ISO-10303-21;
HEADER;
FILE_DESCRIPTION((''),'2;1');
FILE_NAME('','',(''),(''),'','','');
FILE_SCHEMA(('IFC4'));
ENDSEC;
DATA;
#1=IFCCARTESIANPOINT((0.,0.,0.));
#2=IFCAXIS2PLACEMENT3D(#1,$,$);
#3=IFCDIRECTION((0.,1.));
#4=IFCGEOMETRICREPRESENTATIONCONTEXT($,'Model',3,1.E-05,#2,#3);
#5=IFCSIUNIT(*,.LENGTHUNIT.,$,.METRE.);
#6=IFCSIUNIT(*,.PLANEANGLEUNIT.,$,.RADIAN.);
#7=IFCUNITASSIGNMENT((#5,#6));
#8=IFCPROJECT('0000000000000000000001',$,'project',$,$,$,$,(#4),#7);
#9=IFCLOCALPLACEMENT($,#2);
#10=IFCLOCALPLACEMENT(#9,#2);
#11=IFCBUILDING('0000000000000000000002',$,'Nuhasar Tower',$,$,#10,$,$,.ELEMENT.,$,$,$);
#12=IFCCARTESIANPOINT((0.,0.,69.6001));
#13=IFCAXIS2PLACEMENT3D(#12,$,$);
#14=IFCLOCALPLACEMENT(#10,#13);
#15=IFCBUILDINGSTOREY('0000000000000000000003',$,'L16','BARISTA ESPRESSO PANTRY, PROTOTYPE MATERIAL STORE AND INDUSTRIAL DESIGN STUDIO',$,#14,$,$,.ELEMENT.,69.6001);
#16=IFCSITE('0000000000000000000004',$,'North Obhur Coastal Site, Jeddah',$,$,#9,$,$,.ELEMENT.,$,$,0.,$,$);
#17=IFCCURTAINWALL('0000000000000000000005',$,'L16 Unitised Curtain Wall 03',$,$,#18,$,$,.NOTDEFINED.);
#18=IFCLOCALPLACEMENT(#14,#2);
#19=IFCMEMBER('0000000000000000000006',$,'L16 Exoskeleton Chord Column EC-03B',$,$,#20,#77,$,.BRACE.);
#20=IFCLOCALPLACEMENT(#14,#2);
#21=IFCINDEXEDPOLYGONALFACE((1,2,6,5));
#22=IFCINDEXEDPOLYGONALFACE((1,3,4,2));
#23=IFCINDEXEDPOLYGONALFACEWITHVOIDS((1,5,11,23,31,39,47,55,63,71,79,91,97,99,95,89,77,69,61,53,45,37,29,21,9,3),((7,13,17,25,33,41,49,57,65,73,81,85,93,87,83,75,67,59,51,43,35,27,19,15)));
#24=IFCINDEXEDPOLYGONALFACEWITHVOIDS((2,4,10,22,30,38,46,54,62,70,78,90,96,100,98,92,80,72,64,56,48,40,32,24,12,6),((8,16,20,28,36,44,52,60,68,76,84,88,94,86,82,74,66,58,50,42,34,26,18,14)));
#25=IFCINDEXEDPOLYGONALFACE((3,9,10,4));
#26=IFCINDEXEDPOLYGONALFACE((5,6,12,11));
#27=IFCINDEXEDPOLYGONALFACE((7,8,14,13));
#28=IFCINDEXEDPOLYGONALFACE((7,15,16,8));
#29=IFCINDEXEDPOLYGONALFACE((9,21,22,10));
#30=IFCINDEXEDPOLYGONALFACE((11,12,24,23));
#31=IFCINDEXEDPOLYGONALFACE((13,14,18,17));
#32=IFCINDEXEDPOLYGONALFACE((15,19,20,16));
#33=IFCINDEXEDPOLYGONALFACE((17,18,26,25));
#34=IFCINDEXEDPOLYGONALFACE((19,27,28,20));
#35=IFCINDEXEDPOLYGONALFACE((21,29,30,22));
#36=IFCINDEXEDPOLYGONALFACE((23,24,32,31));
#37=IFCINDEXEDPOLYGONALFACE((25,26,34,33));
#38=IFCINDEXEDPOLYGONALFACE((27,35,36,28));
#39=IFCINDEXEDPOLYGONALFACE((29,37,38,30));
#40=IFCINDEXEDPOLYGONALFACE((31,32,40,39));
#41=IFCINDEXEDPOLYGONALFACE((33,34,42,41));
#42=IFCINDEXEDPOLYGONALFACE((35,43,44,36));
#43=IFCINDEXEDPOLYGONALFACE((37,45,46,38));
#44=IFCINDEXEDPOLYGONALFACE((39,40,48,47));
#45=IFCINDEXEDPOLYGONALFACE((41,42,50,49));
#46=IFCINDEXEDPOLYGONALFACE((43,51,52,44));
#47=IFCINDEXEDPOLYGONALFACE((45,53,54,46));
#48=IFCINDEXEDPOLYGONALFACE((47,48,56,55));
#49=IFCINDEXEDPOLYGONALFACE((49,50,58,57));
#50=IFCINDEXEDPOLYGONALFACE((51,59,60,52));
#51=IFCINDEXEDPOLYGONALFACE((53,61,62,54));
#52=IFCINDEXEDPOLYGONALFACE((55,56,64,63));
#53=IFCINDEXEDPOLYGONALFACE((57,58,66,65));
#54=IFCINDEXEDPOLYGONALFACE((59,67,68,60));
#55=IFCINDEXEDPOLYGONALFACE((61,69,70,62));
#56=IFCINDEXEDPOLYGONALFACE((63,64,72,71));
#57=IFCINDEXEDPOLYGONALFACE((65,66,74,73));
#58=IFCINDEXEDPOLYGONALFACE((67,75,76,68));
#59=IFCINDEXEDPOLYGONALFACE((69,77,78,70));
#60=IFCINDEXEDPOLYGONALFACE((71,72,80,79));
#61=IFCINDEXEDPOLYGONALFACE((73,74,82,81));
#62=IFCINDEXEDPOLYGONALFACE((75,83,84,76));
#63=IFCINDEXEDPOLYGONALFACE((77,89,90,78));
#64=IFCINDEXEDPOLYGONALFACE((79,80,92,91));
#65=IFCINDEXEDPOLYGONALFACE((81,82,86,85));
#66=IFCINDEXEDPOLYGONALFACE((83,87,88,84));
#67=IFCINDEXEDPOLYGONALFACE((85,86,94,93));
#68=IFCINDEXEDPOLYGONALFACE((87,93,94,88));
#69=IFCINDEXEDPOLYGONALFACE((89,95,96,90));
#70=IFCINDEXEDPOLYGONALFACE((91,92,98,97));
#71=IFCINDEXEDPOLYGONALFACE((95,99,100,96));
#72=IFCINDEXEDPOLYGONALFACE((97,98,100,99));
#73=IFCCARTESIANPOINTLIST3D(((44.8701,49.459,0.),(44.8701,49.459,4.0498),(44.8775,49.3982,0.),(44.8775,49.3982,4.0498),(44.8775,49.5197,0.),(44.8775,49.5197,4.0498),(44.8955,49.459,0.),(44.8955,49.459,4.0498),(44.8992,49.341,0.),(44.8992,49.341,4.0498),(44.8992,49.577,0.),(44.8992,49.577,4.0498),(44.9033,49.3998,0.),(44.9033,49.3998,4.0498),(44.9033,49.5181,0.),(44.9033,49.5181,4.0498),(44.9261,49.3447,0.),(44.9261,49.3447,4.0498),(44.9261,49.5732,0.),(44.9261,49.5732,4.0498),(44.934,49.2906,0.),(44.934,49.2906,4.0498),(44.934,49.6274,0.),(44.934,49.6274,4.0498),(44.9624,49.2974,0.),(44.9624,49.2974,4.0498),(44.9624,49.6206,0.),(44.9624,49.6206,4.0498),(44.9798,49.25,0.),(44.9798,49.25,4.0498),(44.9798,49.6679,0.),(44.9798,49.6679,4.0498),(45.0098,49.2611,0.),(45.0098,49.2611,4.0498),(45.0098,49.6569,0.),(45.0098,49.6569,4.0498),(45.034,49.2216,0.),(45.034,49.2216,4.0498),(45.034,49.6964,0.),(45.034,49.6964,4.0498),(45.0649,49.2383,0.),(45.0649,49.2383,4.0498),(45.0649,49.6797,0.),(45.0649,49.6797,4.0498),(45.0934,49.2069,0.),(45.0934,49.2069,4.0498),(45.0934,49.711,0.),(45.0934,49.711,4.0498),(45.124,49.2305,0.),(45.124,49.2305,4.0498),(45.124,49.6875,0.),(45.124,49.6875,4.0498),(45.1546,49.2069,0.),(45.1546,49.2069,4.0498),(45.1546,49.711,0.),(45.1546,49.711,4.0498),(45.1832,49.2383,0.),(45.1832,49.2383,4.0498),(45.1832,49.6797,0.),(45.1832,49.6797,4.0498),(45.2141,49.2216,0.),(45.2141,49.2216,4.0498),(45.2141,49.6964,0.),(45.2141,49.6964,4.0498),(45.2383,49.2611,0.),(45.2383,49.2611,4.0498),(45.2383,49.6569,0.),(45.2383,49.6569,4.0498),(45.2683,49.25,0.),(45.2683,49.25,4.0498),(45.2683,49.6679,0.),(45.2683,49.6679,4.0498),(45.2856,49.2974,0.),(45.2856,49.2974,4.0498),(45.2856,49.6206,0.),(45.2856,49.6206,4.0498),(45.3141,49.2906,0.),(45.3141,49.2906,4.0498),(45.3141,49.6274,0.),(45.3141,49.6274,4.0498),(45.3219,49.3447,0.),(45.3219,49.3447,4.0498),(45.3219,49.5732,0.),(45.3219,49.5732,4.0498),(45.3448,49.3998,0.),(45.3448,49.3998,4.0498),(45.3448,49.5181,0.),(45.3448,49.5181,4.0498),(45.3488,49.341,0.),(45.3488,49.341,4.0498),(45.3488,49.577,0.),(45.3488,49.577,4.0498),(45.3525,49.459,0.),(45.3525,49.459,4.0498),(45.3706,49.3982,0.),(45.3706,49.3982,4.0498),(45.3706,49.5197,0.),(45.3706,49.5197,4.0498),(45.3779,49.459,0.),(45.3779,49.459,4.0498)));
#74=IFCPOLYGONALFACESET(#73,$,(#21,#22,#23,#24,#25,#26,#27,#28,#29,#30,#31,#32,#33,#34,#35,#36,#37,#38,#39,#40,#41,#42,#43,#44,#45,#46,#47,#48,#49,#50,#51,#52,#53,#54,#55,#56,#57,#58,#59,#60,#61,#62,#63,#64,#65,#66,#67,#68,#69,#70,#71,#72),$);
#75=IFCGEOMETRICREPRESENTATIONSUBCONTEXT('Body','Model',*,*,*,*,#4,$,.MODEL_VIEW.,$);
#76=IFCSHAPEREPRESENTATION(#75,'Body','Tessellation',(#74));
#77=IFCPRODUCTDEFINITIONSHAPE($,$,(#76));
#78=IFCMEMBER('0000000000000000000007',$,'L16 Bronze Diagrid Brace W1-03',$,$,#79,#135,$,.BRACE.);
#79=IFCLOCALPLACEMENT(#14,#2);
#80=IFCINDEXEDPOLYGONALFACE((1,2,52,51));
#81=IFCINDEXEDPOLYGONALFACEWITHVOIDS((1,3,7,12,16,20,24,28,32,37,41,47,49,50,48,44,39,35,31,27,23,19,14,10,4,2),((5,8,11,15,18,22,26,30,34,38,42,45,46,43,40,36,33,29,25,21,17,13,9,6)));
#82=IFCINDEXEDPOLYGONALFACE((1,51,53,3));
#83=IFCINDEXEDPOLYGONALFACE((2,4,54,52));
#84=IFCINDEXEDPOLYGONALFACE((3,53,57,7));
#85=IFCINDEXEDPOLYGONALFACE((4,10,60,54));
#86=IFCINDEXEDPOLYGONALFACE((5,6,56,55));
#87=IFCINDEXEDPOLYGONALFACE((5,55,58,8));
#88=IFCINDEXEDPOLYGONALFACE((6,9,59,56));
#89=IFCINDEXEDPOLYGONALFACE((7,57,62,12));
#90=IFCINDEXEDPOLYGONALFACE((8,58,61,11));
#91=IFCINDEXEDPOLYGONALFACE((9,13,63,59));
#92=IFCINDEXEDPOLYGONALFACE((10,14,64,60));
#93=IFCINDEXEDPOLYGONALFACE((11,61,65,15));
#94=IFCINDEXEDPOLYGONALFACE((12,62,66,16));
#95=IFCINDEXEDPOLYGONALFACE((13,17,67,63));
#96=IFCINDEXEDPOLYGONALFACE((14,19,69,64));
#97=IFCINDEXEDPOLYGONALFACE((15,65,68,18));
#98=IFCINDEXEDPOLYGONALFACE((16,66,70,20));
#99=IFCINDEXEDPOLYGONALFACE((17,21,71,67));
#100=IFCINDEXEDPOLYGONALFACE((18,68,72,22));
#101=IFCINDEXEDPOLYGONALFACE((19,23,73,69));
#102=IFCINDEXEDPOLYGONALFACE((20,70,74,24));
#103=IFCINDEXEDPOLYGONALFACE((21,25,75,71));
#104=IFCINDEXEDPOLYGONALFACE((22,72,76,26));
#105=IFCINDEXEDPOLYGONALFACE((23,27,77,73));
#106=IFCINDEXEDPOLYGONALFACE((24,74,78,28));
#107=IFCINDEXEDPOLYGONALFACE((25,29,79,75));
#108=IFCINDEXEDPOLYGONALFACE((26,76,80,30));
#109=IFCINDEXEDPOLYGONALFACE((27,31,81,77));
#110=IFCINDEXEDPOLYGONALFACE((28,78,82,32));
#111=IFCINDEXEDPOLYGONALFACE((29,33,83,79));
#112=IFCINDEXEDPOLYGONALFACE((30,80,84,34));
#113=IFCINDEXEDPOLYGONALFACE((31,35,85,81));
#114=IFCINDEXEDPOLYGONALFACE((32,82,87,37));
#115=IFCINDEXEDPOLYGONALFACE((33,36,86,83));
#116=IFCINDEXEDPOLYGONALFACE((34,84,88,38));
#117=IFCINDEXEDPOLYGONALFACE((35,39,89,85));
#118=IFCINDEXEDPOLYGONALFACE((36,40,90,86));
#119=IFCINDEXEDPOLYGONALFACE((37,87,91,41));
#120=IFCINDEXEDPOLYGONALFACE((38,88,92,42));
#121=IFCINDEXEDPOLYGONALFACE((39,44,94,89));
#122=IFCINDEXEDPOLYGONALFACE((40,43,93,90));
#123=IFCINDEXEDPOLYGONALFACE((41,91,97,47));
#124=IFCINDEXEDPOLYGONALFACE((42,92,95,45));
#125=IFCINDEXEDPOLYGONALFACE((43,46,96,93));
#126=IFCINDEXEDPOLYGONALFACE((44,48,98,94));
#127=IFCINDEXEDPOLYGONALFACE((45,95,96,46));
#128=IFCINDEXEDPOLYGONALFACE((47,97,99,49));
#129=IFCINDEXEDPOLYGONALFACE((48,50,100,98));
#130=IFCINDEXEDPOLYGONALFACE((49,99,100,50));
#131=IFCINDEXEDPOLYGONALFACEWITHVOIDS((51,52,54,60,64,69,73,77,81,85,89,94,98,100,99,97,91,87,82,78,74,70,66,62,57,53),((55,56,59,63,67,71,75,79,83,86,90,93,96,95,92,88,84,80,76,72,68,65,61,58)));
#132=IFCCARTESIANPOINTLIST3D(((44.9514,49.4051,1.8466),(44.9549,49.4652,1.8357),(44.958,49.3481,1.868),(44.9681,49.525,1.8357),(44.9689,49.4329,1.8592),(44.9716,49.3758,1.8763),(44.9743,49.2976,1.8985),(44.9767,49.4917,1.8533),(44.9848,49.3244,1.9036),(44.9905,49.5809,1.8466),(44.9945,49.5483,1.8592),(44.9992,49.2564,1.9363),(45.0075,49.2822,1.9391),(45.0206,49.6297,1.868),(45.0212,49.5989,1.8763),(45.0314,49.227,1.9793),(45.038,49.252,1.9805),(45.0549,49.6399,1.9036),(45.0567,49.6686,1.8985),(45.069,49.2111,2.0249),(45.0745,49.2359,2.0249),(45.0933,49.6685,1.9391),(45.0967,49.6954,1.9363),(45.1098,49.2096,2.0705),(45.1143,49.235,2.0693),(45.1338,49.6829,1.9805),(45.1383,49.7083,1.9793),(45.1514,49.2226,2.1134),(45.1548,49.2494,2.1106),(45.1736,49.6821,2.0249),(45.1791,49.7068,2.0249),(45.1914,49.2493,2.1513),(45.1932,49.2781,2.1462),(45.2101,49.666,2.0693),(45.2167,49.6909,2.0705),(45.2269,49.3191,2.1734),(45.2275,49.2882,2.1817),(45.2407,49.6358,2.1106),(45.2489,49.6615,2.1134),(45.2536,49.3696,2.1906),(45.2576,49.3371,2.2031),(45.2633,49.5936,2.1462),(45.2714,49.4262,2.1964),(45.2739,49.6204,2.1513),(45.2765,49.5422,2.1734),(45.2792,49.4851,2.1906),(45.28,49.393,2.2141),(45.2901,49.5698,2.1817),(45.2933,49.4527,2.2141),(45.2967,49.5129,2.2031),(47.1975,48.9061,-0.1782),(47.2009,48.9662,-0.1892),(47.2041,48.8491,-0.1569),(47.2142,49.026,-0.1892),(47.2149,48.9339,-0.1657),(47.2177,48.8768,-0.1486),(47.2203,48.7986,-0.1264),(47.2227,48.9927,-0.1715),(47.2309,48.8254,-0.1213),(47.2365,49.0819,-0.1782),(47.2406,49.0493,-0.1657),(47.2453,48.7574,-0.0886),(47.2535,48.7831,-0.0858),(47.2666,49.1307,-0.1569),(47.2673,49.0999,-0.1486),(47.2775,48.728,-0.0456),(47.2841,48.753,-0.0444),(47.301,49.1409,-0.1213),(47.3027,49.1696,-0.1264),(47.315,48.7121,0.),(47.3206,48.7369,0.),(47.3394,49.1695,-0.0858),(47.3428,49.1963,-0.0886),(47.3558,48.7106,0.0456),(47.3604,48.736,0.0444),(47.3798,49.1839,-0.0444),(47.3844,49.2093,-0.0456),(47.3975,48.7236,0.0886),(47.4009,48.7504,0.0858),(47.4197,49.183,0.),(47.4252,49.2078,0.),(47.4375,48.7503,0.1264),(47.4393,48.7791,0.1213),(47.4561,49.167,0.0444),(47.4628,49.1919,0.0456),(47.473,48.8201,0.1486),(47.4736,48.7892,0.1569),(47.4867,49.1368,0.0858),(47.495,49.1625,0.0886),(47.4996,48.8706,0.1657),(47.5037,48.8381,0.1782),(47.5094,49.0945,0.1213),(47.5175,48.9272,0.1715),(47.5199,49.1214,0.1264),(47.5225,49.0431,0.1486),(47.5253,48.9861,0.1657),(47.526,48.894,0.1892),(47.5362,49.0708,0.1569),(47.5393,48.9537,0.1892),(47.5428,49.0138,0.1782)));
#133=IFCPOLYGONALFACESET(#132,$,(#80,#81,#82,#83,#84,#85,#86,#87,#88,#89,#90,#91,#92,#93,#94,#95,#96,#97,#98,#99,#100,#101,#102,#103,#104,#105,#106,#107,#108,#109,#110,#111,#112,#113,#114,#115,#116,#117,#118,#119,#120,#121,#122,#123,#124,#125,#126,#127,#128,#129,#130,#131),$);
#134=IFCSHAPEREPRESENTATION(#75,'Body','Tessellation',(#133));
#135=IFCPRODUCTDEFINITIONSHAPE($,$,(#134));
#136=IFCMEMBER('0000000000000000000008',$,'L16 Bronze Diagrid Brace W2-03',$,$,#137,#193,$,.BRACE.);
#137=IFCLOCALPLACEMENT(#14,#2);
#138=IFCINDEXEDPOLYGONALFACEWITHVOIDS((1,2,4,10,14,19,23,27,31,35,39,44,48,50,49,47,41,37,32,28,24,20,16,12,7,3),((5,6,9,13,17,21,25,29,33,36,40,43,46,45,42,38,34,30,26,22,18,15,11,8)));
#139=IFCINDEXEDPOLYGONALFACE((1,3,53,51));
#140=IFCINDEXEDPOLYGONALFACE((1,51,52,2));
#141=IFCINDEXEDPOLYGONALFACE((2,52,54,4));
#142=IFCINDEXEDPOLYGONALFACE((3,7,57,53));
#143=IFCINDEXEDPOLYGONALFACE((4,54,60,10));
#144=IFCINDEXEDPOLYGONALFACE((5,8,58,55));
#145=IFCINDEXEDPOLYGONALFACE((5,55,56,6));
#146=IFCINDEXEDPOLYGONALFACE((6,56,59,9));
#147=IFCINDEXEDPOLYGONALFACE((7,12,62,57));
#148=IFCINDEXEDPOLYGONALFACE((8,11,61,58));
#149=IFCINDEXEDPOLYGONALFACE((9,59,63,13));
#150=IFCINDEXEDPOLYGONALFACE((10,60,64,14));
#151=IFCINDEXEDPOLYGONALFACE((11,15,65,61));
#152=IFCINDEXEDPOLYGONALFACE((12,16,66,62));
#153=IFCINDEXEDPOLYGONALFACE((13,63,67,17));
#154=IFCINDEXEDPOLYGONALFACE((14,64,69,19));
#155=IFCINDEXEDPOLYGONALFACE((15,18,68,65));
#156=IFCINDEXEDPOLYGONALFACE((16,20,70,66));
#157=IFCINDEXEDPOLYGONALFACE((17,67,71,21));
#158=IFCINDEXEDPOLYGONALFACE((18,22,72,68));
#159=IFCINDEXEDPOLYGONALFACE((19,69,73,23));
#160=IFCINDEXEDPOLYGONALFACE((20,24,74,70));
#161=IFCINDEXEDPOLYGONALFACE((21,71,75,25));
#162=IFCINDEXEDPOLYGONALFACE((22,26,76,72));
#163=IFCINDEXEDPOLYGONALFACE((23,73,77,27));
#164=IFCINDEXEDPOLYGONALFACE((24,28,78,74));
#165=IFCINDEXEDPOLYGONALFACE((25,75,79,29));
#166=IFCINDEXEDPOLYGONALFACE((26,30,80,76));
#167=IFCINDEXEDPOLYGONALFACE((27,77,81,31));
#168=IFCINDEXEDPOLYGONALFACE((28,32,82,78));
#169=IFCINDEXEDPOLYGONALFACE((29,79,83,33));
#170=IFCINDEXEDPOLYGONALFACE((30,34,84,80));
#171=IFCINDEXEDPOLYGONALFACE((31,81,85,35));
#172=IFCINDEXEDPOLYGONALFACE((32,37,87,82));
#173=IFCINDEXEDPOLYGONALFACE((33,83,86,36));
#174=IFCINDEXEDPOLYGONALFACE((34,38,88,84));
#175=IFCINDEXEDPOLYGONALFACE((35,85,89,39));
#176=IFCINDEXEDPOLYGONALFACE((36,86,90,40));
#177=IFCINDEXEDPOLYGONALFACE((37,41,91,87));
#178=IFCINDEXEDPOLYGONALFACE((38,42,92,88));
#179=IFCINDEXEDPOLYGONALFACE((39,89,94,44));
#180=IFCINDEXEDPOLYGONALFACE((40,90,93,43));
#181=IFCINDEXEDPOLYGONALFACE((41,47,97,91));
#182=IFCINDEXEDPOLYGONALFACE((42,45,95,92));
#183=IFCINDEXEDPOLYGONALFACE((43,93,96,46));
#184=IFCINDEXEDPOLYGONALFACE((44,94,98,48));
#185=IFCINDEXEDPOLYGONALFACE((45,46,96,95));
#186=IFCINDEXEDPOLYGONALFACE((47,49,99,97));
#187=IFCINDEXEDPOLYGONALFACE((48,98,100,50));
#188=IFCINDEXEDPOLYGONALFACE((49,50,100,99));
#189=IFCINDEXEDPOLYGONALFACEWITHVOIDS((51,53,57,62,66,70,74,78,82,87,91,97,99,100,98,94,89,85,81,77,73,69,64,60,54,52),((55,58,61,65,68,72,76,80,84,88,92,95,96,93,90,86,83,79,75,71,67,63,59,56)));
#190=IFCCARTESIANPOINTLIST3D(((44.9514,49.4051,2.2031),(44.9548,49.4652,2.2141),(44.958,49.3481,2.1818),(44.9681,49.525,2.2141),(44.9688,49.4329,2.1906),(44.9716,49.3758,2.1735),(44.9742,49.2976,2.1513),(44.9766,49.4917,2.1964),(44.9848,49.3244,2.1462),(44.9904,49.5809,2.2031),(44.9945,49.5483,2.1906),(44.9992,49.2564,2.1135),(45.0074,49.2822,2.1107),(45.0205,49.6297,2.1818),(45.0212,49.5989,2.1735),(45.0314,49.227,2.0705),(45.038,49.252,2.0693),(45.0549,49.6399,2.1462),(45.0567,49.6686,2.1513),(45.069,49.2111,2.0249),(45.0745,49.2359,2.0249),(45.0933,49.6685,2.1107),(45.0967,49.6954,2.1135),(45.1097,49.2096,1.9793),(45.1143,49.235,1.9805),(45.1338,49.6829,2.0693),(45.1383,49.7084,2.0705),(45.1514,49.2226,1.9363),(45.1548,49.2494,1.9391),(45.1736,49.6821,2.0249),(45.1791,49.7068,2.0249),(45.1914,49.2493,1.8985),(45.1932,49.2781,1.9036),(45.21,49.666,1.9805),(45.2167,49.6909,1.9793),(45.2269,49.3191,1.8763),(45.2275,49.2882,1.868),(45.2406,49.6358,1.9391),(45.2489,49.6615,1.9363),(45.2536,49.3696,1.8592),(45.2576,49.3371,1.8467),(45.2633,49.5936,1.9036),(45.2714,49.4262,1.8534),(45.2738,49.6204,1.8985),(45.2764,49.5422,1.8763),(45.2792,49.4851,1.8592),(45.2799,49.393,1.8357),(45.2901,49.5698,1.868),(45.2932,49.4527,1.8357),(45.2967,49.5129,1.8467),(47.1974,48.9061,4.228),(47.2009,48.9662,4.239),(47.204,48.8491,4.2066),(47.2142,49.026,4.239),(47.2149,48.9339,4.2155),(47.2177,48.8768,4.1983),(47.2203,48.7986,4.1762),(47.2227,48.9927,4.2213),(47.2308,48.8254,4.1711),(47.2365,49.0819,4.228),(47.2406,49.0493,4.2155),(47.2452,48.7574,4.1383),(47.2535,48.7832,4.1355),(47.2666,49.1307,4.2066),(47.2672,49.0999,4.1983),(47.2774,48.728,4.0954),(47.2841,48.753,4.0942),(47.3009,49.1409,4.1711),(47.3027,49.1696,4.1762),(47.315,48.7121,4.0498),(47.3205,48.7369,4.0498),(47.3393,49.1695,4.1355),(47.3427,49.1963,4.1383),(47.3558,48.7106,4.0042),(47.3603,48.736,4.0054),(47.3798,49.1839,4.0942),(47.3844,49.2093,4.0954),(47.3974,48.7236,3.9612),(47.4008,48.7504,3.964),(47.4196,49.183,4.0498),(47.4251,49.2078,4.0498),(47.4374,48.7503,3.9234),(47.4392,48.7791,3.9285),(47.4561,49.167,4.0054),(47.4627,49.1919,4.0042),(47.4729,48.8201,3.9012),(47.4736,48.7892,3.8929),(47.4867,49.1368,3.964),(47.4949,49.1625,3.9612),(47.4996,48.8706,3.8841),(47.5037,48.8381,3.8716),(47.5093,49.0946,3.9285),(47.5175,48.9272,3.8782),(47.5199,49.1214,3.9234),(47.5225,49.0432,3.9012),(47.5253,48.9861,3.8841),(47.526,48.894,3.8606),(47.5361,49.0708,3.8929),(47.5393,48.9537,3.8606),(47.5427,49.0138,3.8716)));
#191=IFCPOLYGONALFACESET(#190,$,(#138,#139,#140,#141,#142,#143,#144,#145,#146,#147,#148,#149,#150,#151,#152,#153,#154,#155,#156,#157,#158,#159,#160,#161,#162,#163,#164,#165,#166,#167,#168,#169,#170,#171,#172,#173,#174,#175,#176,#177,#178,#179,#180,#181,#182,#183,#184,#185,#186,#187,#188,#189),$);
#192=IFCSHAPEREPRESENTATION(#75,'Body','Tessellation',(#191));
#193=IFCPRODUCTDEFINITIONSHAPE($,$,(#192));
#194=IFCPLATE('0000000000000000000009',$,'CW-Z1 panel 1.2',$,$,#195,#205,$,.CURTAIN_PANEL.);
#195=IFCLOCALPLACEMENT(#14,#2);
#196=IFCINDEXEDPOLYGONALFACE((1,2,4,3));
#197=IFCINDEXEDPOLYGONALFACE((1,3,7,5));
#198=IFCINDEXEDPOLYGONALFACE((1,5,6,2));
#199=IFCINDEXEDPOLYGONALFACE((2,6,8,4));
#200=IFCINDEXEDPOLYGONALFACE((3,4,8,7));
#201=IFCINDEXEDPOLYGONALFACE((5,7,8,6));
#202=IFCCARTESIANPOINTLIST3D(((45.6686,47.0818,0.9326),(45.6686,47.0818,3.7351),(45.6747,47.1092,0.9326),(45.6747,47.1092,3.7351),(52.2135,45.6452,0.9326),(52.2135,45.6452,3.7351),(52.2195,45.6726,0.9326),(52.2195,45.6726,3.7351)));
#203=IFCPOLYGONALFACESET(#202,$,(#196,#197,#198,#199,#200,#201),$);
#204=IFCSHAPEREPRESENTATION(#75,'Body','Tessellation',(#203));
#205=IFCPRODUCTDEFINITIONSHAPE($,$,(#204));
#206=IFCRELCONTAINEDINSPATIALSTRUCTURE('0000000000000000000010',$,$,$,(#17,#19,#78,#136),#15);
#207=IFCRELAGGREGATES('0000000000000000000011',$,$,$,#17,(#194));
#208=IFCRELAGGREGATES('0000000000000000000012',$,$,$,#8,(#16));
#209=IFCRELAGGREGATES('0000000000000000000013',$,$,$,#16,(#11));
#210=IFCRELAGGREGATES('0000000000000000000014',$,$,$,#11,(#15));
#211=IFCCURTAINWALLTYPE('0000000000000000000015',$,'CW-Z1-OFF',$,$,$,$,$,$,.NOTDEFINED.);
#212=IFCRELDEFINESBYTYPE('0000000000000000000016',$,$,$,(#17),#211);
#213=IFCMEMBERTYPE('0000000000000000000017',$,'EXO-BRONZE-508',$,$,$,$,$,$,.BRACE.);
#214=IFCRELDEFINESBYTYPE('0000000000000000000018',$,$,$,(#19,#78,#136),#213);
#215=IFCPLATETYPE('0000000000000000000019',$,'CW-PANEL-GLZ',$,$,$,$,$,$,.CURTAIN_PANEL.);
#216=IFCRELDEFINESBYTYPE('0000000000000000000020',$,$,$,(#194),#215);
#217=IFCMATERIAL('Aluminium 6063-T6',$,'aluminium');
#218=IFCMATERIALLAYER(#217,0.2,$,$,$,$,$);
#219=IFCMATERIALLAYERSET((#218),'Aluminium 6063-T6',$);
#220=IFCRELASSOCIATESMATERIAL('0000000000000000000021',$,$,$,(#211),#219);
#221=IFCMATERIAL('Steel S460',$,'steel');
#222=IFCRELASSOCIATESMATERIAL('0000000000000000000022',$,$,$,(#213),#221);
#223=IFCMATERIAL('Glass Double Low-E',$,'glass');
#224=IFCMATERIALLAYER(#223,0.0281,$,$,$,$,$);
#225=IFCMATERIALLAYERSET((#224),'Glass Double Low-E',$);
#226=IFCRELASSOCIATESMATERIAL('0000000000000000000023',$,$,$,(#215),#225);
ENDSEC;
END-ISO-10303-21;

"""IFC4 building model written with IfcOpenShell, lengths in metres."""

from ifc_helpers import new_model, si_unit, direction, frame, origin, origin_2d, place, context, subcontext, project, spatial, rectangle, hollow_circle, extrude, material, layer, layer_set, material_profile, profile_set, type_object, element, aggregate, save


model = new_model("IFC4")

# Units and contexts
model_context = context("Model", 3, precision=1e-05, world=origin(), true_north=direction((0.0, 1.0)))
body_context = subcontext(model_context, "Body", "Model", "MODEL_VIEW")
ifc_project = project(units=[si_unit("LENGTHUNIT", "METRE"), si_unit("PLANEANGLEUNIT", "RADIAN")], contexts=[model_context])

# Site, building, storey
site_placement = place(None, origin())
site = spatial("IfcSite", under=ifc_project, at=site_placement, Name="North Obhur Coastal Site, Jeddah", CompositionType="ELEMENT", RefElevation=0.0)
building_placement = place(site_placement, origin())
building = spatial("IfcBuilding", under=site, at=building_placement, Name="Nuhasar Tower", CompositionType="ELEMENT")
storey_placement = place(building_placement, frame((0.0, 0.0, 69.6001)))
storey = spatial("IfcBuildingStorey", under=building, at=storey_placement, Name="L16", Description="BARISTA ESPRESSO PANTRY, PROTOTYPE MATERIAL STORE AND INDUSTRIAL DESIGN STUDIO", CompositionType="ELEMENT", Elevation=69.6001)

# Curtain wall
ifc_material_1 = material(Name="Aluminium 6063-T6", Category="aluminium")
ifc_layer_1 = layer(ifc_material_1, 0.2)
ifc_layer_set_1 = layer_set([ifc_layer_1], Name="Aluminium 6063-T6")
curtain_wall_type = type_object("IfcCurtainWallType", Name="CW-Z1-OFF", PredefinedType="NOTDEFINED", material=ifc_layer_set_1)
curtain_wall_placement = place(storey_placement, origin())
curtain_wall = element("IfcCurtainWall", 1, at=curtain_wall_placement, inside=storey, type_object=curtain_wall_type, Name="L16 Unitised Curtain Wall 03", PredefinedType="NOTDEFINED")

# Members
ifc_material_2 = material(Name="Steel S460", Category="steel")
ifc_material_profile_1 = material_profile(ifc_material_2, hollow_circle(Radius=0.2539, WallThickness=0.0254, at=origin_2d()), Name="HSS508X25.4")
ifc_profile_set_1 = profile_set([ifc_material_profile_1], Name="Steel S460")
member_type_1 = type_object("IfcMemberType", Name="EXO-BRONZE-508", PredefinedType="BRACE", material=ifc_profile_set_1)
for number, where, z_axis, x_axis, name in (
    (2, (45.124, 49.459, 0.0), (0.0, 0.0, 1.0), (1.0, 0.0, 0.0), "L16 Exoskeleton Chord Column EC-03B"),
):
    element("IfcMember", number, at=place(storey_placement, frame(where, z_axis=z_axis, x_axis=x_axis)), inside=storey, type_object=member_type_1, Name=name, PredefinedType="BRACE", context=body_context, shape_type="SweptSolid", body=[
        extrude(hollow_circle(Radius=0.2539, WallThickness=0.0254, at=origin_2d()), origin(), (0.0, 0.0, 1.0), 4.0498),
    ])
for number, where, z_axis, x_axis, name in (
    (3, (47.3701, 48.96, 0.0), (-0.732821, 0.162814, 0.660654), (-0.216886, -0.976197, 0.0), "L16 Bronze Diagrid Brace W1-03"),
    (4, (45.124, 49.459, 2.0249), (0.732821, -0.162814, 0.660654), (0.216886, 0.976197, 0.0), "L16 Bronze Diagrid Brace W2-03"),
):
    element("IfcMember", number, at=place(storey_placement, frame(where, z_axis=z_axis, x_axis=x_axis)), inside=storey, type_object=member_type_1, Name=name, PredefinedType="BRACE", context=body_context, shape_type="SweptSolid", body=[
        extrude(hollow_circle(Radius=0.2539, WallThickness=0.0254, at=origin_2d()), origin(), (0.0, 0.0, 1.0), 3.0649),
    ])

# Plate
ifc_material_3 = material(Name="Glass Double Low-E", Category="glass")
ifc_layer_2 = layer(ifc_material_3, 0.0281)
ifc_layer_set_2 = layer_set([ifc_layer_2], Name="Glass Double Low-E")
plate_type_1 = type_object("IfcPlateType", Name="CW-PANEL-GLZ", PredefinedType="CURTAIN_PANEL", material=ifc_layer_set_2)
plate_1_placement = place(storey_placement, frame((48.9441, 46.3772, 0.9326), z_axis=(0.0, 0.0, 1.0), x_axis=(-0.976746, 0.214399, 0.0)))
plate_1 = element("IfcPlate", 5, at=plate_1_placement, type_object=plate_type_1, Name="CW-Z1 panel 1.2", PredefinedType="CURTAIN_PANEL", context=body_context, shape_type="SweptSolid", body=[
    extrude(rectangle(XDim=6.7007, YDim=0.0281, at=origin_2d()), origin(), (0.0, 0.0, 1.0), 2.8025),
])
aggregate(curtain_wall, [plate_1])

save(model, "model.ifc")
